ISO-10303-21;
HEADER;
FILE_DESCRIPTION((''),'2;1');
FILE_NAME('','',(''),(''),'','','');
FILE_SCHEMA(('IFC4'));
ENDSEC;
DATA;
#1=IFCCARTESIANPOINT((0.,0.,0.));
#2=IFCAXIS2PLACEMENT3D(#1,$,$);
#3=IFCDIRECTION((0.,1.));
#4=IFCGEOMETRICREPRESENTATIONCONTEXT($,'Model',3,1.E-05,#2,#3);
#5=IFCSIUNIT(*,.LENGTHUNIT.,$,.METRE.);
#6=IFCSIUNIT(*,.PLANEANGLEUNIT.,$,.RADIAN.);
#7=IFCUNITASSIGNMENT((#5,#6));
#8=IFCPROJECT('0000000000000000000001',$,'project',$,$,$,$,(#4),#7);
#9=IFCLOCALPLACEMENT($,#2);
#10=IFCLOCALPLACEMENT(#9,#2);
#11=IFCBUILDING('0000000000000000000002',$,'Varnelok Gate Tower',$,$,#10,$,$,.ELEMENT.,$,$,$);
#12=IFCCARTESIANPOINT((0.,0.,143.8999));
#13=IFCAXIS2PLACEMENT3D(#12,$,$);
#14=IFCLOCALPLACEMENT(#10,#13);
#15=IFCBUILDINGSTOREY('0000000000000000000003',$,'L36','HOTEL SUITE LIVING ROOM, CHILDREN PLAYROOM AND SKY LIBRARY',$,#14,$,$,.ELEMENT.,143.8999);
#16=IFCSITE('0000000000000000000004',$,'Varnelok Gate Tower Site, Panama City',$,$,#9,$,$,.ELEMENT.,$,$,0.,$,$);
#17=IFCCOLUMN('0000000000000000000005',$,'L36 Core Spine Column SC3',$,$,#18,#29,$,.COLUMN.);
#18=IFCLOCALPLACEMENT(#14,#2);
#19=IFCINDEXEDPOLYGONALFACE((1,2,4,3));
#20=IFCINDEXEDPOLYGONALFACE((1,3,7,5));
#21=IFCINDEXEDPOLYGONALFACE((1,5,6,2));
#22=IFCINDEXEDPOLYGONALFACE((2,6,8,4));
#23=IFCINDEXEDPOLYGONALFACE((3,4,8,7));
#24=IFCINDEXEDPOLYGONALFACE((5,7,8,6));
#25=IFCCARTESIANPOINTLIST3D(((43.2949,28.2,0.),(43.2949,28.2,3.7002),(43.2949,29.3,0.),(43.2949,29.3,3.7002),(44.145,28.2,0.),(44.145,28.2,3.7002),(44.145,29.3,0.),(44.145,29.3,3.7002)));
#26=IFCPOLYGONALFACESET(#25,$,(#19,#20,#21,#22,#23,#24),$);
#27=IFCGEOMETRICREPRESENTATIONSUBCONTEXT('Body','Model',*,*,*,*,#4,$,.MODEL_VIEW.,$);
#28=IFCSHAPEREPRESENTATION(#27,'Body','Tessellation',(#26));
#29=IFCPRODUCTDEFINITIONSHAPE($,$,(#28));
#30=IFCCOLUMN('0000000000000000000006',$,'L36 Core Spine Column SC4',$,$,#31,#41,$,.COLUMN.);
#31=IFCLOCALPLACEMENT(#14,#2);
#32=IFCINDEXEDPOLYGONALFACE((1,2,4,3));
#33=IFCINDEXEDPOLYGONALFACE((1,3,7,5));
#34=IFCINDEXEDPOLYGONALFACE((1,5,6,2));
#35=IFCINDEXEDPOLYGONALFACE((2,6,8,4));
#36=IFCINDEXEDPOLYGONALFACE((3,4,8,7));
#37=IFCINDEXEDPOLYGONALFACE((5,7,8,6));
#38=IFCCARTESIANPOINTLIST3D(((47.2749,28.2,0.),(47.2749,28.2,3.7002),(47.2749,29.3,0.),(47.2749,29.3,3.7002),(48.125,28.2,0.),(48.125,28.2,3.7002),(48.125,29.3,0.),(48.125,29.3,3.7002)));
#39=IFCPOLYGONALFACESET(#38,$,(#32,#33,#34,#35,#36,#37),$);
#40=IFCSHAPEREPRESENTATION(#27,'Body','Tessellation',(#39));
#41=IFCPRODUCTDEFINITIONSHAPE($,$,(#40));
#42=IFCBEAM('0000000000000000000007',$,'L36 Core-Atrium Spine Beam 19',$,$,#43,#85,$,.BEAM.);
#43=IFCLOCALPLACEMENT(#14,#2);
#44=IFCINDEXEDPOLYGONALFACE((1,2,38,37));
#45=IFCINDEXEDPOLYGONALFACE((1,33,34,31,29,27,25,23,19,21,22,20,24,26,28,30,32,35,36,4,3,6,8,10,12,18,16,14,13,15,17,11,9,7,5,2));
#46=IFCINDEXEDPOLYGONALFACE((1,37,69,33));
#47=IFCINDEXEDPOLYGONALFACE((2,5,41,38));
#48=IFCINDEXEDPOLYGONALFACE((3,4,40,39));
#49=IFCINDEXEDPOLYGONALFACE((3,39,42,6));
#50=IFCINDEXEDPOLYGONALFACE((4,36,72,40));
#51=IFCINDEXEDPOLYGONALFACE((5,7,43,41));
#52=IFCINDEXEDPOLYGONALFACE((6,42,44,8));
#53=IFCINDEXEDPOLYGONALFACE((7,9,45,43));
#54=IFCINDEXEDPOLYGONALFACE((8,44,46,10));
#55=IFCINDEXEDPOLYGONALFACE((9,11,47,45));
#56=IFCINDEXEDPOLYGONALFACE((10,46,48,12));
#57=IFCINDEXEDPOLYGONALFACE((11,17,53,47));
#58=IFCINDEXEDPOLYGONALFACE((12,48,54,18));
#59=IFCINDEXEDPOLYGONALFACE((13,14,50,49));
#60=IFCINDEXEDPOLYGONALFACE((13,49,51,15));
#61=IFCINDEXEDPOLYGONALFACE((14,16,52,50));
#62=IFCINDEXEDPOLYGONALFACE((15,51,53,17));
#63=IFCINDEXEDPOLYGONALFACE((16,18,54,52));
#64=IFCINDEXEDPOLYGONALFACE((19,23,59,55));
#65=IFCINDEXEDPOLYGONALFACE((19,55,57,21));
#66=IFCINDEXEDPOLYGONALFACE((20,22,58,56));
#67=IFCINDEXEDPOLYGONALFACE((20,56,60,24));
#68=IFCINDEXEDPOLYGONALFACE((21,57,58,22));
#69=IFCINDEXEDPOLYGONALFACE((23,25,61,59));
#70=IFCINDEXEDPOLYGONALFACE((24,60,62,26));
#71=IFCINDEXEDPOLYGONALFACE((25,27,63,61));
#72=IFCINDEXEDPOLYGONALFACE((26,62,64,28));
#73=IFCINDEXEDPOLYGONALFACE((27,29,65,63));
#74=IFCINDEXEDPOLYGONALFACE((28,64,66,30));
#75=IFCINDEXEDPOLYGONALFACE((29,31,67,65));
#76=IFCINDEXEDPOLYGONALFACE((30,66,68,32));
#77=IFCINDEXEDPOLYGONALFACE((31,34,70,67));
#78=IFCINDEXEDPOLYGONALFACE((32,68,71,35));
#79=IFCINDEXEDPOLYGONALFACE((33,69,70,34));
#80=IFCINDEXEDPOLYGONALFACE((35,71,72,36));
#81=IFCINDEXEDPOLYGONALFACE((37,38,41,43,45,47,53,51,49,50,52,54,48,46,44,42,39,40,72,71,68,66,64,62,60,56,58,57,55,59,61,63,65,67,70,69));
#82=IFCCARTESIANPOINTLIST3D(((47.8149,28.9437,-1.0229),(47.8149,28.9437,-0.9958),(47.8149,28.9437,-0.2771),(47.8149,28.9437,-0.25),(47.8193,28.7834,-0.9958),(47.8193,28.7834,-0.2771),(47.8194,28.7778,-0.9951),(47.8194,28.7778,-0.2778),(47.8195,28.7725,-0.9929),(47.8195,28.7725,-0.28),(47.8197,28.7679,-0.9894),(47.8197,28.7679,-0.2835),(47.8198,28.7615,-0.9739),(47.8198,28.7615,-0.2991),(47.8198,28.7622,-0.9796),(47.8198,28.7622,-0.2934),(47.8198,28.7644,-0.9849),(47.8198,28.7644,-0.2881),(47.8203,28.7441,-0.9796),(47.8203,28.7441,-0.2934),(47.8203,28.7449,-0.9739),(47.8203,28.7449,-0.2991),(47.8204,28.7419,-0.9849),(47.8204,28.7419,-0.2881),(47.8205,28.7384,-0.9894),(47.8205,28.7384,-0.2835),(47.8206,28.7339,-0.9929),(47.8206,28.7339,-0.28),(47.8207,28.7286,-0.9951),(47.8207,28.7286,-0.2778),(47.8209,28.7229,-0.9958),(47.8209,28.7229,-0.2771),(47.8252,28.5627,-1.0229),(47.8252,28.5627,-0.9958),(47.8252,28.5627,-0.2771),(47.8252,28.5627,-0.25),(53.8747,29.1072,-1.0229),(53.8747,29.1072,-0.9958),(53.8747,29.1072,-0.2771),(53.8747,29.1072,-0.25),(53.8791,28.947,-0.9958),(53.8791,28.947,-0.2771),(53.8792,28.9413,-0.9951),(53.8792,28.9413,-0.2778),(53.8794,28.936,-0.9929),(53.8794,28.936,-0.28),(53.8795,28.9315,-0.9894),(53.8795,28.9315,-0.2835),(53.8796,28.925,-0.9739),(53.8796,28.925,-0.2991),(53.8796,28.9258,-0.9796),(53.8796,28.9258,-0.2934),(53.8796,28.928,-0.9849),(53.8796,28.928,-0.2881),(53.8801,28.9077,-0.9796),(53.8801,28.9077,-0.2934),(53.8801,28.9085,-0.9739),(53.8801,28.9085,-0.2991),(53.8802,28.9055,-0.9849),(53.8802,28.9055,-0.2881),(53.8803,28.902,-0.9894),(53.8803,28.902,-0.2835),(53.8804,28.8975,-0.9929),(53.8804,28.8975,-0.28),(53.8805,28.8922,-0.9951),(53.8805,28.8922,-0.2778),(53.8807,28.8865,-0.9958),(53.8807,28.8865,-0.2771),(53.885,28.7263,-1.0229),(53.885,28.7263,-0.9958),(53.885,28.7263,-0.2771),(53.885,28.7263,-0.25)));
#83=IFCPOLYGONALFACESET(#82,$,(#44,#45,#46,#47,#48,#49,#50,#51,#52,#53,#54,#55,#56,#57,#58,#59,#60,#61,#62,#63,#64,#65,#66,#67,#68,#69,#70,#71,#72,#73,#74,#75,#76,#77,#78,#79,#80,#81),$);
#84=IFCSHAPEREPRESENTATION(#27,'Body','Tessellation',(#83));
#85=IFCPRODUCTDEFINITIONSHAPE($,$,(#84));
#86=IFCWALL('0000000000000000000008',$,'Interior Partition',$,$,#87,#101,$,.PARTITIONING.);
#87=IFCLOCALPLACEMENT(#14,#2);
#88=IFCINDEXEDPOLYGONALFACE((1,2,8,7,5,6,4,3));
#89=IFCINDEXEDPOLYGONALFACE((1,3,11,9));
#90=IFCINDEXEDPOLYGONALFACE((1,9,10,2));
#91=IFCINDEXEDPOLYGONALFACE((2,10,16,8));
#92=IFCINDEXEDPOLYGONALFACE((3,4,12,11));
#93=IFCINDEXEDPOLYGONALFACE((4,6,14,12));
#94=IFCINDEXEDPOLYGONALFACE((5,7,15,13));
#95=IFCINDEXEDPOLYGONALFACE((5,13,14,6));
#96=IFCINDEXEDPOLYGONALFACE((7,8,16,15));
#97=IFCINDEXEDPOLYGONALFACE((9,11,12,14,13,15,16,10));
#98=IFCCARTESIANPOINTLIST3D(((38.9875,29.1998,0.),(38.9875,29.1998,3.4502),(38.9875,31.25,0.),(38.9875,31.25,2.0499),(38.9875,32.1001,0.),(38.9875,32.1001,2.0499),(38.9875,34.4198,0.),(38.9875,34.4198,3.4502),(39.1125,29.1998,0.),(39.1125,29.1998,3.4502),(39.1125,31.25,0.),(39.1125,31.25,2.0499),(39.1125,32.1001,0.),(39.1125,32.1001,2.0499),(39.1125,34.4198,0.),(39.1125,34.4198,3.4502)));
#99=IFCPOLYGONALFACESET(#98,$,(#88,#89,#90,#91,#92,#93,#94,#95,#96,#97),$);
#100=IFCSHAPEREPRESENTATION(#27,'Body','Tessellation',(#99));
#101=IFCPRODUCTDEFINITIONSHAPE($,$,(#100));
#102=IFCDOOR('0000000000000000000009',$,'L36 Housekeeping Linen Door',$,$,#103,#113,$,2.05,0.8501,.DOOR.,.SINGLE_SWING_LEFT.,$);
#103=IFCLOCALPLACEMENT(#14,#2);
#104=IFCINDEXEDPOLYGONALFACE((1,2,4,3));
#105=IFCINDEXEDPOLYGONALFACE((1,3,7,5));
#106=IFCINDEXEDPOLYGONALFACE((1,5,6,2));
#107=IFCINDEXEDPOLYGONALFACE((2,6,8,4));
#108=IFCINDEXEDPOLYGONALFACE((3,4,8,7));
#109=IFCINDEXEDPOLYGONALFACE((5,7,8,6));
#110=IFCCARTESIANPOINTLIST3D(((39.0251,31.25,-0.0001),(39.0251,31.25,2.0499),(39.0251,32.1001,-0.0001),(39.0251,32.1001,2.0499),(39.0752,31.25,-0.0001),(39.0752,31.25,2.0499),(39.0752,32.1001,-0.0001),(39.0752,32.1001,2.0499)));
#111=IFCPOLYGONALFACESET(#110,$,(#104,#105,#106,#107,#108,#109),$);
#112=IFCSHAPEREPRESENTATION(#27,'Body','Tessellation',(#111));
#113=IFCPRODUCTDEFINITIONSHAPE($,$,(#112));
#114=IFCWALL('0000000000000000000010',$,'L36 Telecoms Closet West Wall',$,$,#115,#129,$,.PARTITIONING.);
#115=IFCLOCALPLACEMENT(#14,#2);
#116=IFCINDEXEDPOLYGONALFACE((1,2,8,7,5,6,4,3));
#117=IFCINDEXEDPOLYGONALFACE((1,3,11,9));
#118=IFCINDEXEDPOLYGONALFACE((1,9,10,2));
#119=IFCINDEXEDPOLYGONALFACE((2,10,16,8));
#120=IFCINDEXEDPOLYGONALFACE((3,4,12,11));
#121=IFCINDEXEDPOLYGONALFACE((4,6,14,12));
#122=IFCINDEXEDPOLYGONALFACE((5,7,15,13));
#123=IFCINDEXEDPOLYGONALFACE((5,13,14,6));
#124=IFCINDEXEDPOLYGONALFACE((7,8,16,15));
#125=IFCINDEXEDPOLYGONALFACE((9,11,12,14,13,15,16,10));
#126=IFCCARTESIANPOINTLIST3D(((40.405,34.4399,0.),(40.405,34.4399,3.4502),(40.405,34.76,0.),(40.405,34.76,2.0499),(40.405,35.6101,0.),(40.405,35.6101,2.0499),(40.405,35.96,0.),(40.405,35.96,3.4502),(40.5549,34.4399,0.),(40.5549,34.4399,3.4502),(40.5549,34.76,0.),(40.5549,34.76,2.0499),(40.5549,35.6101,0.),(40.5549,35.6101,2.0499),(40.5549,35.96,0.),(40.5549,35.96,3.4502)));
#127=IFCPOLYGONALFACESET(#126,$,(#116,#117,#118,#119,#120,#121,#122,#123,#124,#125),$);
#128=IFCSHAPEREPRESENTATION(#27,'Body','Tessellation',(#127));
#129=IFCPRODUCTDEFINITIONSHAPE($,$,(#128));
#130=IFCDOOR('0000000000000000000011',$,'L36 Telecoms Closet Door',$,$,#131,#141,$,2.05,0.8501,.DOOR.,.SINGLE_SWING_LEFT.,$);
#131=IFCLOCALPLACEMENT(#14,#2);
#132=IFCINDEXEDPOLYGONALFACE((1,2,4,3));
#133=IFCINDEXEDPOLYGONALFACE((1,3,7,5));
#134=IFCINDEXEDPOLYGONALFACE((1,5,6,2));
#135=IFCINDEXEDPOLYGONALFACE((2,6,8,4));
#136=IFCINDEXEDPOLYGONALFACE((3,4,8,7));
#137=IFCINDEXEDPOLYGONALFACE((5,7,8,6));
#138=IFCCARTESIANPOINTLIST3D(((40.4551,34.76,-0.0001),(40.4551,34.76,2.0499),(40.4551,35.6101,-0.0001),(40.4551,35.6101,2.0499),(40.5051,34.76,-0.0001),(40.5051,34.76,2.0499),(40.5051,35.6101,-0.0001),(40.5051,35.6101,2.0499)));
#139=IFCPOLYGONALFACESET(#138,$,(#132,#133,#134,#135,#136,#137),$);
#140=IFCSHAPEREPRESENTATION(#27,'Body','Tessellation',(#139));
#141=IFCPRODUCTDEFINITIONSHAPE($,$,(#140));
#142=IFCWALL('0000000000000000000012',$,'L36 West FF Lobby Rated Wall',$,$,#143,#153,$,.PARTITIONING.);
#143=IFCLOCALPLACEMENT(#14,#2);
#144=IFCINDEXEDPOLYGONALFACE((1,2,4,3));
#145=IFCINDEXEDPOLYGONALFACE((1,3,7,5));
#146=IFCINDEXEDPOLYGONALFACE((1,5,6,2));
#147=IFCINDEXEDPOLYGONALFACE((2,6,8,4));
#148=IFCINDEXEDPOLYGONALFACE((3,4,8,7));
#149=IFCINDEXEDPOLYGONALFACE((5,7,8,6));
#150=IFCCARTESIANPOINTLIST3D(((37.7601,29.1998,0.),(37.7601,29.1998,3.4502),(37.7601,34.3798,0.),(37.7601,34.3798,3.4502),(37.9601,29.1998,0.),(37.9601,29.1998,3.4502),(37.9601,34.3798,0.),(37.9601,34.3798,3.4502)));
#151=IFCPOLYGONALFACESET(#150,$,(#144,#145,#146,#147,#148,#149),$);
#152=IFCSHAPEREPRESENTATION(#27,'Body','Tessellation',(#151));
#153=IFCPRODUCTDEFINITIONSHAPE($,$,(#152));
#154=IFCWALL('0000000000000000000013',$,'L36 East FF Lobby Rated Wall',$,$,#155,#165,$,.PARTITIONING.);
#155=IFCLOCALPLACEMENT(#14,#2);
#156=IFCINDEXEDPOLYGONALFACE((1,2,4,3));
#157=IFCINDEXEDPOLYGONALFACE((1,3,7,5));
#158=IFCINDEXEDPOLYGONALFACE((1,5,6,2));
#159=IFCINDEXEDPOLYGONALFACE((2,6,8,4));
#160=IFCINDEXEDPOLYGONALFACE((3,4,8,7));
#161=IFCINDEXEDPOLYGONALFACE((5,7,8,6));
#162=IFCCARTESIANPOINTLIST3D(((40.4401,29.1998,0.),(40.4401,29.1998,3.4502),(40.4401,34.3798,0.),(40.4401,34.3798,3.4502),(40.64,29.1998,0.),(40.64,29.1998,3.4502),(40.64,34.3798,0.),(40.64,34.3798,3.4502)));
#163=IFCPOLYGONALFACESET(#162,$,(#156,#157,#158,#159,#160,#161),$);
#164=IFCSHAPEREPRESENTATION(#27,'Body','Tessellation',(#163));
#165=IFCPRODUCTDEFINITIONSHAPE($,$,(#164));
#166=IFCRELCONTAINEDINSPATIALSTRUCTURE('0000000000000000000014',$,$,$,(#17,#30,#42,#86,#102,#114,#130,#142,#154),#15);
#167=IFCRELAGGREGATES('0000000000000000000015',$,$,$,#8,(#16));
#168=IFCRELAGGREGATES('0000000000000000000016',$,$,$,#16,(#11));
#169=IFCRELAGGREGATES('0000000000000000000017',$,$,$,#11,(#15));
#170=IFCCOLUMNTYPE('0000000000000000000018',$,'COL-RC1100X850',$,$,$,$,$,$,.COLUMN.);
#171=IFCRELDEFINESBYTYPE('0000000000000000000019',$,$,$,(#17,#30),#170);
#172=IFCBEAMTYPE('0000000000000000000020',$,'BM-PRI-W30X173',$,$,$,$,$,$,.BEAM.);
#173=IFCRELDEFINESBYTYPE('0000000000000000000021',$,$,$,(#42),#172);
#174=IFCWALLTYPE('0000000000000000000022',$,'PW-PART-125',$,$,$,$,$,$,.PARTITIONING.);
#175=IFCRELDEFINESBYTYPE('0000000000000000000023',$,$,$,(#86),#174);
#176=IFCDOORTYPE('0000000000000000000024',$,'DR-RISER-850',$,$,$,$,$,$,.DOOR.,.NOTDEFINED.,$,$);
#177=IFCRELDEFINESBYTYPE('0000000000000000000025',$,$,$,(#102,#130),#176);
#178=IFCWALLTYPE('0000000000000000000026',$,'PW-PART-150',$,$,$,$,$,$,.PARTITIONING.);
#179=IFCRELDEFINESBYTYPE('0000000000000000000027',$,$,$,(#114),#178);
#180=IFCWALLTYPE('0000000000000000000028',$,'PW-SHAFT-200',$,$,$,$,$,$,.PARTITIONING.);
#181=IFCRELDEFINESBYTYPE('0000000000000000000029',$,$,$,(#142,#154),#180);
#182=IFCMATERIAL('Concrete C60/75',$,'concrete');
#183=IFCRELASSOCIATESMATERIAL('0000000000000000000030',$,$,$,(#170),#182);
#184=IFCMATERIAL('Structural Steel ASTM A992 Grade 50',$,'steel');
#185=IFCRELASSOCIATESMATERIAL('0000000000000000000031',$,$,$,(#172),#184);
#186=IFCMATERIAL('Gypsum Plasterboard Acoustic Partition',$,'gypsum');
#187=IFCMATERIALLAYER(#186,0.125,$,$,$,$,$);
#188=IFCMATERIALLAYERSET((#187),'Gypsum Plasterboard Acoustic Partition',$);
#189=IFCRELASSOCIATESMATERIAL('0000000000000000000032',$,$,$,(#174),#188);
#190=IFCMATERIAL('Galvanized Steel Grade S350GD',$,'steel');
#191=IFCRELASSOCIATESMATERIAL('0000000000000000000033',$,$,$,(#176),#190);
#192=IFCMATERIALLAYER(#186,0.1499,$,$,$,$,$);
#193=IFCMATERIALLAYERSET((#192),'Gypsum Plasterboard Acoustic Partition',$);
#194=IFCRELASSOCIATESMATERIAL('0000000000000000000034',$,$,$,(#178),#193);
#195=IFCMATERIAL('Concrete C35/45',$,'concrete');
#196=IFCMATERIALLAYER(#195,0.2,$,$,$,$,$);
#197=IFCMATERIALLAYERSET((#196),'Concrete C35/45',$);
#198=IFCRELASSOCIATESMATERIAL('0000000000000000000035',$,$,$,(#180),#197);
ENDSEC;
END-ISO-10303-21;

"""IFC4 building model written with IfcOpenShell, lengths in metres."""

from ifc_helpers import new_model, si_unit, direction, frame, frame_2d, origin, origin_2d, place, context, subcontext, project, spatial, rectangle, i_section, extrude, material, layer, layer_set, material_profile, profile_set, type_object, element, fill, save


model = new_model("IFC4")

# Units and contexts
model_context = context("Model", 3, precision=1e-05, world=origin(), true_north=direction((0.0, 1.0)))
body_context = subcontext(model_context, "Body", "Model", "MODEL_VIEW")
ifc_project = project(units=[si_unit("LENGTHUNIT", "METRE"), si_unit("PLANEANGLEUNIT", "RADIAN")], contexts=[model_context])

# Site, building, storey
site_placement = place(None, origin())
site = spatial("IfcSite", under=ifc_project, at=site_placement, Name="Varnelok Gate Tower Site, Panama City", CompositionType="ELEMENT", RefElevation=0.0)
building_placement = place(site_placement, origin())
building = spatial("IfcBuilding", under=site, at=building_placement, Name="Varnelok Gate Tower", CompositionType="ELEMENT")
storey_placement = place(building_placement, frame((0.0, 0.0, 143.8999)))
storey = spatial("IfcBuildingStorey", under=building, at=storey_placement, Name="L36", Description="HOTEL SUITE LIVING ROOM, CHILDREN PLAYROOM AND SKY LIBRARY", CompositionType="ELEMENT", Elevation=143.8999)

# Columns
ifc_material_1 = material(Name="Concrete C60/75", Category="concrete")
ifc_material_profile_1 = material_profile(ifc_material_1, rectangle(XDim=0.8501, YDim=1.1001, at=origin_2d()), Name="RC1100X850")
ifc_profile_set_1 = profile_set([ifc_material_profile_1], Name="Concrete C60/75")
column_type = type_object("IfcColumnType", Name="COL-RC1100X850", PredefinedType="COLUMN", material=ifc_profile_set_1)
for number, where, z_axis, x_axis, name in (
    (1, (43.72, 28.75, 0.0), (0.0, 0.0, 1.0), (1.0, 0.0, 0.0), "L36 Core Spine Column SC3"),
    (2, (47.7, 28.75, 0.0), (0.0, 0.0, 1.0), (1.0, 0.0, 0.0), "L36 Core Spine Column SC4"),
):
    element("IfcColumn", number, at=place(storey_placement, frame(where, z_axis=z_axis, x_axis=x_axis)), inside=storey, type_object=column_type, Name=name, PredefinedType="COLUMN", context=body_context, shape_type="SweptSolid", body=[
        extrude(rectangle(XDim=0.8501, YDim=1.1001, at=origin_2d()), origin(), (0.0, 0.0, 1.0), 3.7002),
    ])

# Beam
ifc_material_2 = material(Name="Structural Steel ASTM A992 Grade 50", Category="steel")
ifc_material_profile_2 = material_profile(ifc_material_2, i_section(OverallWidth=0.3811, OverallDepth=0.7729, WebThickness=0.0166, FlangeThickness=0.0271, FilletRadius=0.022, at=origin_2d()), Name="W30X173")
ifc_profile_set_2 = profile_set([ifc_material_profile_2], Name="Structural Steel ASTM A992 Grade 50")
beam_type = type_object("IfcBeamType", Name="BM-PRI-W30X173", PredefinedType="BEAM", material=ifc_profile_set_2)
beam_placement = place(storey_placement, frame((47.8201, 28.7532, -0.6365), z_axis=(0.999636, 0.026983, 0.0), x_axis=(-0.026983, 0.999636, 0.0)))
element("IfcBeam", 3, at=beam_placement, inside=storey, type_object=beam_type, Name="L36 Core-Atrium Spine Beam 19", PredefinedType="BEAM", context=body_context, shape_type="SweptSolid", body=[
    extrude(i_section(OverallWidth=0.3811, OverallDepth=0.7729, WebThickness=0.0166, FlangeThickness=0.0271, FilletRadius=0.022, at=origin_2d()), origin(), (0.0, 0.0, 1.0), 6.062),
])

# Walls, openings, doors
ifc_material_3 = material(Name="Gypsum Plasterboard Acoustic Partition", Category="gypsum")
ifc_layer_1 = layer(ifc_material_3, 0.125)
ifc_layer_set_1 = layer_set([ifc_layer_1], Name="Gypsum Plasterboard Acoustic Partition")
wall_type_1 = type_object("IfcWallType", Name="PW-PART-125", PredefinedType="PARTITIONING", material=ifc_layer_set_1)
wall_1_placement = place(storey_placement, frame((39.05, 29.2, 0.0), z_axis=(0.0, 0.0, 1.0), x_axis=(0.0, 1.0, 0.0)))
wall_1 = element("IfcWall", 4, at=wall_1_placement, inside=storey, type_object=wall_type_1, Name="Interior Partition", PredefinedType="PARTITIONING", context=body_context, shape_type="SweptSolid", body=[
    extrude(rectangle(XDim=5.22, YDim=0.125, at=frame_2d((2.6099, 0.0))), origin(), (0.0, 0.0, 1.0), 3.4502),
])
opening_1_placement = place(wall_1_placement, frame((2.05, 0.0, 0.0)))
opening_1 = element("IfcOpeningElement", 5, at=opening_1_placement, cuts=wall_1, PredefinedType="OPENING", context=body_context, shape_type="SweptSolid", body=[
    extrude(rectangle(XDim=0.8501, YDim=2.05, at=frame_2d((0.425, 1.0249))), frame((0.0, 0.0725, 0.0), z_axis=(0.0, -1.0, 0.0), x_axis=(1.0, 0.0, 0.0)), (0.0, 0.0, 1.0), 0.145),
])
ifc_material_4 = material(Name="Galvanized Steel Grade S350GD", Category="steel")
door_type_1 = type_object("IfcDoorType", Name="DR-RISER-850", OperationType="NOTDEFINED", PredefinedType="DOOR", material=ifc_material_4)
door_1_placement = place(opening_1_placement, origin())
door_1 = element("IfcDoor", 6, at=door_1_placement, inside=storey, type_object=door_type_1, Name="L36 Housekeeping Linen Door", OperationType="SINGLE_SWING_LEFT", OverallHeight=2.05, OverallWidth=0.8501, PredefinedType="DOOR", context=body_context, shape_type="SweptSolid", body=[
    extrude(rectangle(XDim=0.8501, YDim=2.05, at=frame_2d((0.425, 1.0249))), frame((0.0, 0.0249, 0.0), z_axis=(0.0, -1.0, 0.0), x_axis=(1.0, 0.0, 0.0)), (0.0, 0.0, 1.0), 0.05),
])
fill(opening_1, door_1)
ifc_layer_2 = layer(ifc_material_3, 0.1499)
ifc_layer_set_2 = layer_set([ifc_layer_2], Name="Gypsum Plasterboard Acoustic Partition")
wall_type_2 = type_object("IfcWallType", Name="PW-PART-150", PredefinedType="PARTITIONING", material=ifc_layer_set_2)
wall_2_placement = place(storey_placement, frame((40.48, 34.4399, 0.0), z_axis=(0.0, 0.0, 1.0), x_axis=(0.0, 1.0, 0.0)))
wall_2 = element("IfcWall", 7, at=wall_2_placement, inside=storey, type_object=wall_type_2, Name="L36 Telecoms Closet West Wall", PredefinedType="PARTITIONING", context=body_context, shape_type="SweptSolid", body=[
    extrude(rectangle(XDim=1.52, YDim=0.1499, at=frame_2d((0.76, 0.0))), origin(), (0.0, 0.0, 1.0), 3.4502),
])
opening_2_placement = place(wall_2_placement, frame((0.3201, 0.0, 0.0)))
opening_2 = element("IfcOpeningElement", 8, at=opening_2_placement, cuts=wall_2, PredefinedType="OPENING", context=body_context, shape_type="SweptSolid", body=[
    extrude(rectangle(XDim=0.8501, YDim=2.05, at=frame_2d((0.425, 1.0249))), frame((0.0, 0.085, 0.0), z_axis=(0.0, -1.0, 0.0), x_axis=(1.0, 0.0, 0.0)), (0.0, 0.0, 1.0), 0.1699),
])
door_2_placement = place(opening_2_placement, origin())
door_2 = element("IfcDoor", 9, at=door_2_placement, inside=storey, type_object=door_type_1, Name="L36 Telecoms Closet Door", OperationType="SINGLE_SWING_LEFT", OverallHeight=2.05, OverallWidth=0.8501, PredefinedType="DOOR", context=body_context, shape_type="SweptSolid", body=[
    extrude(rectangle(XDim=0.8501, YDim=2.05, at=frame_2d((0.425, 1.0249))), frame((0.0, 0.0249, 0.0), z_axis=(0.0, -1.0, 0.0), x_axis=(1.0, 0.0, 0.0)), (0.0, 0.0, 1.0), 0.05),
])
fill(opening_2, door_2)

# Walls
ifc_material_5 = material(Name="Concrete C35/45", Category="concrete")
ifc_layer_3 = layer(ifc_material_5, 0.2)
ifc_layer_set_3 = layer_set([ifc_layer_3], Name="Concrete C35/45")
wall_type_3 = type_object("IfcWallType", Name="PW-SHAFT-200", PredefinedType="PARTITIONING", material=ifc_layer_set_3)
for number, where, z_axis, x_axis, name in (
    (10, (37.8601, 29.2, 0.0), (0.0, 0.0, 1.0), (0.0, 1.0, 0.0), "L36 West FF Lobby Rated Wall"),
    (11, (40.54, 29.2, 0.0), (0.0, 0.0, 1.0), (0.0, 1.0, 0.0), "L36 East FF Lobby Rated Wall"),
):
    element("IfcWall", number, at=place(storey_placement, frame(where, z_axis=z_axis, x_axis=x_axis)), inside=storey, type_object=wall_type_3, Name=name, PredefinedType="PARTITIONING", context=body_context, shape_type="SweptSolid", body=[
        extrude(rectangle(XDim=5.1799, YDim=0.2, at=frame_2d((2.5898, 0.0))), origin(), (0.0, 0.0, 1.0), 3.4502),
    ])

save(model, "model.ifc")
